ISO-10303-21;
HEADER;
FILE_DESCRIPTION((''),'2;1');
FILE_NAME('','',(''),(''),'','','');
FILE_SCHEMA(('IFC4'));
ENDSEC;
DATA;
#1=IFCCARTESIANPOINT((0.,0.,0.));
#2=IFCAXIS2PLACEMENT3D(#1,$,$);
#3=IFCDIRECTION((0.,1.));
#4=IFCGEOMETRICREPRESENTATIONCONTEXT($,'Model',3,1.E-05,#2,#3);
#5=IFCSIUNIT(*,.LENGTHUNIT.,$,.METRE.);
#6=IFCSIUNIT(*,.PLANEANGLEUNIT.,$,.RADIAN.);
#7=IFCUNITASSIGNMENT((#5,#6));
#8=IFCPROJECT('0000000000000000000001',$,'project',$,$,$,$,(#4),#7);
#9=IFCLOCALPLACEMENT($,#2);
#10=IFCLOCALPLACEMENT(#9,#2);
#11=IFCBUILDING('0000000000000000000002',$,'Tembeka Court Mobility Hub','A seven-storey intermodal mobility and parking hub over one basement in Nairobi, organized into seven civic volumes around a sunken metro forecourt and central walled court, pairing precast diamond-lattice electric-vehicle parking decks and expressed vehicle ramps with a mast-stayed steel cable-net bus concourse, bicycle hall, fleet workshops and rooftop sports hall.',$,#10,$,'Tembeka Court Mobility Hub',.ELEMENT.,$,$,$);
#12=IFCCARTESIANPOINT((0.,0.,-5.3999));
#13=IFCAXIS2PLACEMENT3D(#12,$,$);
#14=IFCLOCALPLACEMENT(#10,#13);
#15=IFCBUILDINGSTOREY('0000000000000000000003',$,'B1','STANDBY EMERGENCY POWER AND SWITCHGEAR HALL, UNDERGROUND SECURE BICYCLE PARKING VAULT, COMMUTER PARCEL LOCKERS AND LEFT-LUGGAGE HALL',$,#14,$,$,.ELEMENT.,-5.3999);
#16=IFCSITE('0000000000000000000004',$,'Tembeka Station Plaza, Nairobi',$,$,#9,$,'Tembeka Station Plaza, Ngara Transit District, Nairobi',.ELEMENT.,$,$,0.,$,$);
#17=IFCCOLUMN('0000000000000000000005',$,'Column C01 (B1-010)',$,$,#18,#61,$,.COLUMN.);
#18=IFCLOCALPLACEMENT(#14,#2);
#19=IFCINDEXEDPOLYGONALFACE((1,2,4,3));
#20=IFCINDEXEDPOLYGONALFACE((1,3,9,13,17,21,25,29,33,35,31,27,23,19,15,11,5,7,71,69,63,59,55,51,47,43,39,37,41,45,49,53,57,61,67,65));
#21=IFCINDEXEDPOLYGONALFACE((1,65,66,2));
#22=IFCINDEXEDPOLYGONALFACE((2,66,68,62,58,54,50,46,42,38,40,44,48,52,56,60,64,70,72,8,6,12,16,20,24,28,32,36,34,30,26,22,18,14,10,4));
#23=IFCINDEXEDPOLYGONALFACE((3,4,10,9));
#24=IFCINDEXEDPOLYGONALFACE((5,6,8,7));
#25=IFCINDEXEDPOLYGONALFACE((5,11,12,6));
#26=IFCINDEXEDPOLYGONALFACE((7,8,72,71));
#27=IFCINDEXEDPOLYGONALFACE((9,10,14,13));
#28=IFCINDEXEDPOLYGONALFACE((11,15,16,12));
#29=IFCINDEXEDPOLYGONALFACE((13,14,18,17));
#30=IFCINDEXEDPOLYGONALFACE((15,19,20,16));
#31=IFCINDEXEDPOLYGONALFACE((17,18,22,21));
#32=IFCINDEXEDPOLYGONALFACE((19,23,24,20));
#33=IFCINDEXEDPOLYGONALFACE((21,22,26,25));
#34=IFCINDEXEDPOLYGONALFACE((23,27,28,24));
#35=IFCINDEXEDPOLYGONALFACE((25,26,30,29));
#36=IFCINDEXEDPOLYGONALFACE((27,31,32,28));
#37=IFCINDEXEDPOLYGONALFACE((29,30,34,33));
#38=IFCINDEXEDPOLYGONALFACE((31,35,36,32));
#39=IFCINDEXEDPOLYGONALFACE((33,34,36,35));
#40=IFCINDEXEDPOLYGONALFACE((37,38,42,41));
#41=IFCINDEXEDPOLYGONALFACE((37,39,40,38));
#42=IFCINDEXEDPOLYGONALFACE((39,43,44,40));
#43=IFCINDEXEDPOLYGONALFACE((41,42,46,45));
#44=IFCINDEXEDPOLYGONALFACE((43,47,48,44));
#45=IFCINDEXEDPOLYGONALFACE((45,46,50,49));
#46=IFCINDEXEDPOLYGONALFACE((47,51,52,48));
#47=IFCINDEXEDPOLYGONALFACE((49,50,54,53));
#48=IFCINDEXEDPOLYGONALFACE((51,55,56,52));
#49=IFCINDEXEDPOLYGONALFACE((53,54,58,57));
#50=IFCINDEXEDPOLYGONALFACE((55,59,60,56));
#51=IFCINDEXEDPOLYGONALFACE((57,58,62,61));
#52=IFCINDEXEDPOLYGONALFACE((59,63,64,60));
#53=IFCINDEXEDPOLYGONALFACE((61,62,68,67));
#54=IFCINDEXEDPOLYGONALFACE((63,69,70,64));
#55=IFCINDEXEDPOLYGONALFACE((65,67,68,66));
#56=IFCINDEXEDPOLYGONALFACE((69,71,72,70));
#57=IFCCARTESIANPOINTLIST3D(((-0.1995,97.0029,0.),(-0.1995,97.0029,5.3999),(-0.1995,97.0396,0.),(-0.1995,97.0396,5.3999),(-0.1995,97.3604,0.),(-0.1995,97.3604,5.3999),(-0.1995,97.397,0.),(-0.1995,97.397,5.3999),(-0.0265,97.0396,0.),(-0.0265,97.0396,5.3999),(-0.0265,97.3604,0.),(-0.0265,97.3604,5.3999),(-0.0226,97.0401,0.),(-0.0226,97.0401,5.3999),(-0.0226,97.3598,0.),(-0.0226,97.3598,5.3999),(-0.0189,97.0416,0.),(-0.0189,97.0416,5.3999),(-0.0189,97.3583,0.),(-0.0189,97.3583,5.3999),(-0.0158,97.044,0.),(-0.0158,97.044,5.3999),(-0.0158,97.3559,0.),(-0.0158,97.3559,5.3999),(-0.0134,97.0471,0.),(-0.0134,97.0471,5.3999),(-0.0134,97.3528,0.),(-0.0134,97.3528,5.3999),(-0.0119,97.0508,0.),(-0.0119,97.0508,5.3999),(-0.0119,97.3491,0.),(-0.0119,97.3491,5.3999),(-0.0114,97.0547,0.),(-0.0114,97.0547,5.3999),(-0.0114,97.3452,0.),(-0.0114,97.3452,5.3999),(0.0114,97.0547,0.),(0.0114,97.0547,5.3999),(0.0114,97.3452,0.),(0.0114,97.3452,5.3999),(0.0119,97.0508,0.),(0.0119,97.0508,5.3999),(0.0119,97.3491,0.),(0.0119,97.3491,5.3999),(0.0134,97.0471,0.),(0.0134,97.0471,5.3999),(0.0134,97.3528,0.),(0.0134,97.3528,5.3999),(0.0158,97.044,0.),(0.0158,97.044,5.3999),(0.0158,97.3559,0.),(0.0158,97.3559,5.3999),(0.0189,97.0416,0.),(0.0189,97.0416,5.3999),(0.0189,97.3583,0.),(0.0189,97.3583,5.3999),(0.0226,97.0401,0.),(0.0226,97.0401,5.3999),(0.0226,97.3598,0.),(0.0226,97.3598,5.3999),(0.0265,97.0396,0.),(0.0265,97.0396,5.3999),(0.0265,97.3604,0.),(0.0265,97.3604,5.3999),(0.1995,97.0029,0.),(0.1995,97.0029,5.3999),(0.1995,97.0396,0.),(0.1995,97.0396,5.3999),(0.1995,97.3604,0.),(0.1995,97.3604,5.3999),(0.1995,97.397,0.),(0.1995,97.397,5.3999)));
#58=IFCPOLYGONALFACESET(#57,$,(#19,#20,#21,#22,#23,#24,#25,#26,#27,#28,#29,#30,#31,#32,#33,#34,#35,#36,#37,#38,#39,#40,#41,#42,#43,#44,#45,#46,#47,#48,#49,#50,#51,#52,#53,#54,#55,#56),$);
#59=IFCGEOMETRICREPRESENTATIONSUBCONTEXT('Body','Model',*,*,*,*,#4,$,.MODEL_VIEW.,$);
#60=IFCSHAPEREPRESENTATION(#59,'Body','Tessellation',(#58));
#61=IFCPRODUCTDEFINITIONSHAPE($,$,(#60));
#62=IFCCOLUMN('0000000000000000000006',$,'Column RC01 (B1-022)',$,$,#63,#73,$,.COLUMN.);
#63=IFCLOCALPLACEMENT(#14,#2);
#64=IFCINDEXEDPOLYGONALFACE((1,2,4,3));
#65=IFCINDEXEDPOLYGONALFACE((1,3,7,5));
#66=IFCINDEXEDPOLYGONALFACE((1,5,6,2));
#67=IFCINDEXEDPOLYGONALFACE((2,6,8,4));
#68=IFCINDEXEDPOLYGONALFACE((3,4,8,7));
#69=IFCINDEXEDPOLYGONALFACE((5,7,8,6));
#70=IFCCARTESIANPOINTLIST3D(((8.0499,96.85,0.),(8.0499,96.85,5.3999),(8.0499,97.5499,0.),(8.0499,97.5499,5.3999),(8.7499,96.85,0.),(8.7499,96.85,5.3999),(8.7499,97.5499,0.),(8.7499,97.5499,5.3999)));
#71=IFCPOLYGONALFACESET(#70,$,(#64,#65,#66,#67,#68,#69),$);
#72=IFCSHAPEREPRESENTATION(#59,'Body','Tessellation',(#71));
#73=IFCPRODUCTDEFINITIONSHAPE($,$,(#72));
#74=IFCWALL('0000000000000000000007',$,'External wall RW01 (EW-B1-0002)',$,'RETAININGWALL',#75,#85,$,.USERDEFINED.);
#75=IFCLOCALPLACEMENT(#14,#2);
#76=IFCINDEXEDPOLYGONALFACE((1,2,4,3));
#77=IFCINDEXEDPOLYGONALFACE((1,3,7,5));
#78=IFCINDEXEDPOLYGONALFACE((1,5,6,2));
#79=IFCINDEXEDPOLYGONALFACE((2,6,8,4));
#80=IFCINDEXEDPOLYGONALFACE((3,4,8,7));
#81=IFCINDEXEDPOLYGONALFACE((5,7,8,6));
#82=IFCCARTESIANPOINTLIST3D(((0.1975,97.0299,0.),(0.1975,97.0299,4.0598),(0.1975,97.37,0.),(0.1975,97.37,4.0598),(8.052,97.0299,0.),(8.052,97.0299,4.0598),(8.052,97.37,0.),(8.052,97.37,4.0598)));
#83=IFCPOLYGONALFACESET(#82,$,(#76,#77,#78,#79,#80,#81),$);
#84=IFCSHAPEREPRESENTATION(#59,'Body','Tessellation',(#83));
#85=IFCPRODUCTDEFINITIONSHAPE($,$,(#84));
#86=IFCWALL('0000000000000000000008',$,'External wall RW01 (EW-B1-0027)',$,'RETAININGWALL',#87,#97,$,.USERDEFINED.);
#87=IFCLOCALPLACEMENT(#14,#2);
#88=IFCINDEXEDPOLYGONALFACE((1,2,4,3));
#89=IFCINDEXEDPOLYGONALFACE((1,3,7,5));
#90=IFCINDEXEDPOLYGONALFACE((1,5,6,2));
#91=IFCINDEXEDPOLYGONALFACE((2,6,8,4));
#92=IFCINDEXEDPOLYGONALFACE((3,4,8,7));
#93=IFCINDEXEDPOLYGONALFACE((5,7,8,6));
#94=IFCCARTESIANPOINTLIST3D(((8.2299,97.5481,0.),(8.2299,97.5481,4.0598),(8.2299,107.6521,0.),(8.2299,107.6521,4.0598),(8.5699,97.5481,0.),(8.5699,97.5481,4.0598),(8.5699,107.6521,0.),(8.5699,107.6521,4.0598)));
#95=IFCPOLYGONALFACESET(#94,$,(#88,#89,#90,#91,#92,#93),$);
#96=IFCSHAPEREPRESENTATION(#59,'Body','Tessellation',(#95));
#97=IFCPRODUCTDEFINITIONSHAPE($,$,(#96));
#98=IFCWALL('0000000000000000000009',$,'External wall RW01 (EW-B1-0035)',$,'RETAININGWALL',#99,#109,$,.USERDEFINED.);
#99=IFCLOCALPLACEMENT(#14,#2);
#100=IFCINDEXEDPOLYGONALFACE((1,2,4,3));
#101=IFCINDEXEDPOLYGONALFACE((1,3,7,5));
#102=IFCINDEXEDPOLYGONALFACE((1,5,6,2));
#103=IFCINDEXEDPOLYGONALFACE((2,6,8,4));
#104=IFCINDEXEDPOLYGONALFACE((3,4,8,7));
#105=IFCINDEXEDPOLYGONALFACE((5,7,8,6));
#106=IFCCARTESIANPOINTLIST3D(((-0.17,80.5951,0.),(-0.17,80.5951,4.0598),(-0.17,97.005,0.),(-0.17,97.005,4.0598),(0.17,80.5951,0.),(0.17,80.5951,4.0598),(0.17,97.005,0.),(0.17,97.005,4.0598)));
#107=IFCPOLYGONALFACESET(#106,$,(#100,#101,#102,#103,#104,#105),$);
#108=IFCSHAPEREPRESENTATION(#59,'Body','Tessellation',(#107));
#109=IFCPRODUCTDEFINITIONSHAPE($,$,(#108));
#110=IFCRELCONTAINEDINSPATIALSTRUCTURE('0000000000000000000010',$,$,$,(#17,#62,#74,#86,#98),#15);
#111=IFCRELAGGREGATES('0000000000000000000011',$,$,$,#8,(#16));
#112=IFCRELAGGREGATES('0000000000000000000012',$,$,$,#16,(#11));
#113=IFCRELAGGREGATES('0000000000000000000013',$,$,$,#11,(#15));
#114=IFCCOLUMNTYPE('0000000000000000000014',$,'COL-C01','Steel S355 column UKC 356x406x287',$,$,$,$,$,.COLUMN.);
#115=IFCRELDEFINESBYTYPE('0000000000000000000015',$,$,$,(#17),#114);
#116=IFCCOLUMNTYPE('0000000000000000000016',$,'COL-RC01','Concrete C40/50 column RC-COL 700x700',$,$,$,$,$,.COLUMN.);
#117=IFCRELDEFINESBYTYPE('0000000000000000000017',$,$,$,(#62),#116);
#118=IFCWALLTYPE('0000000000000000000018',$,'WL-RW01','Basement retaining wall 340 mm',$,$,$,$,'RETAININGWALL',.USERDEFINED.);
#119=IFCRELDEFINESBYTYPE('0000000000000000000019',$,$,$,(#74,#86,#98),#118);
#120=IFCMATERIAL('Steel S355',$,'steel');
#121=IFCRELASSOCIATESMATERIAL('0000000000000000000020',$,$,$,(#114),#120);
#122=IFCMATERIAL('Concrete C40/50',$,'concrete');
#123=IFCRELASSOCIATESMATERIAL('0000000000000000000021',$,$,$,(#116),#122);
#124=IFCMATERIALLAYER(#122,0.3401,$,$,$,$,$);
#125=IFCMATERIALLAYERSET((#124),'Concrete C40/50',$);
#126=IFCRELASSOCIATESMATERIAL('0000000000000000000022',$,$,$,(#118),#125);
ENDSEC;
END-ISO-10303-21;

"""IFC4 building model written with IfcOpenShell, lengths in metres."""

from ifc_helpers import new_model, si_unit, direction, frame, frame_2d, origin, origin_2d, place, context, subcontext, project, spatial, rectangle, i_section, extrude, material, layer, layer_set, material_profile, profile_set, type_object, element, save


model = new_model("IFC4")

# Units and contexts
model_context = context("Model", 3, precision=1e-05, world=origin(), true_north=direction((0.0, 1.0)))
body_context = subcontext(model_context, "Body", "Model", "MODEL_VIEW")
ifc_project = project(units=[si_unit("LENGTHUNIT", "METRE"), si_unit("PLANEANGLEUNIT", "RADIAN")], contexts=[model_context])

# Site, building, storey
site_placement = place(None, origin())
site = spatial("IfcSite", under=ifc_project, at=site_placement, Name="Tembeka Station Plaza, Nairobi", LongName="Tembeka Station Plaza, Ngara Transit District, Nairobi", CompositionType="ELEMENT", RefElevation=0.0)
building_placement = place(site_placement, origin())
building = spatial("IfcBuilding", under=site, at=building_placement, Name="Tembeka Court Mobility Hub", Description="A seven-storey intermodal mobility and parking hub over one basement in Nairobi, organized into seven civic volumes around a sunken metro forecourt and central walled court, pairing precast diamond-lattice electric-vehicle parking decks and expressed vehicle ramps with a mast-stayed steel cable-net bus concourse, bicycle hall, fleet workshops and rooftop sports hall.", LongName="Tembeka Court Mobility Hub", CompositionType="ELEMENT")
storey_placement = place(building_placement, frame((0.0, 0.0, -5.3999)))
storey = spatial("IfcBuildingStorey", under=building, at=storey_placement, Name="B1", Description="STANDBY EMERGENCY POWER AND SWITCHGEAR HALL, UNDERGROUND SECURE BICYCLE PARKING VAULT, COMMUTER PARCEL LOCKERS AND LEFT-LUGGAGE HALL", CompositionType="ELEMENT", Elevation=-5.3999)

# Shared definitions
ifc_material_1 = material(Name="Concrete C40/50", Category="concrete")

# Columns
ifc_material_2 = material(Name="Steel S355", Category="steel")
ifc_material_profile_1 = material_profile(ifc_material_2, i_section(OverallWidth=0.3989, OverallDepth=0.394, WebThickness=0.0227, FlangeThickness=0.0366, FilletRadius=0.0151, at=origin_2d()), Name="UKC 356x406x287")
ifc_profile_set_1 = profile_set([ifc_material_profile_1], Name="Steel S355")
column_type_1 = type_object("IfcColumnType", Name="COL-C01", Description="Steel S355 column UKC 356x406x287", PredefinedType="COLUMN", material=ifc_profile_set_1)
column_1_placement = place(storey_placement, frame((0.0, 97.2, 0.0), z_axis=(0.0, 0.0, 1.0), x_axis=(1.0, 0.0, 0.0)))
element("IfcColumn", 1, at=column_1_placement, inside=storey, type_object=column_type_1, Name="Column C01 (B1-010)", PredefinedType="COLUMN", context=body_context, shape_type="SweptSolid", body=[
    extrude(i_section(OverallWidth=0.3989, OverallDepth=0.394, WebThickness=0.0227, FlangeThickness=0.0366, FilletRadius=0.0151, at=origin_2d()), origin(), (0.0, 0.0, 1.0), 5.3999),
])
ifc_material_profile_2 = material_profile(ifc_material_1, rectangle(XDim=0.7, YDim=0.7, at=origin_2d()), Name="RC-COL 700x700")
ifc_profile_set_2 = profile_set([ifc_material_profile_2], Name="Concrete C40/50")
column_type_2 = type_object("IfcColumnType", Name="COL-RC01", Description="Concrete C40/50 column RC-COL 700x700", PredefinedType="COLUMN", material=ifc_profile_set_2)
column_2_placement = place(storey_placement, frame((8.3999, 97.2, 0.0), z_axis=(0.0, 0.0, 1.0), x_axis=(1.0, 0.0, 0.0)))
element("IfcColumn", 2, at=column_2_placement, inside=storey, type_object=column_type_2, Name="Column RC01 (B1-022)", PredefinedType="COLUMN", context=body_context, shape_type="SweptSolid", body=[
    extrude(rectangle(XDim=0.7, YDim=0.7, at=origin_2d()), origin(), (0.0, 0.0, 1.0), 5.3999),
])

# Walls
ifc_layer = layer(ifc_material_1, 0.3401)
ifc_layer_set = layer_set([ifc_layer], Name="Concrete C40/50")
wall_type = type_object("IfcWallType", Name="WL-RW01", Description="Basement retaining wall 340 mm", ElementType="RETAININGWALL", PredefinedType="USERDEFINED", material=ifc_layer_set)
wall_1_placement = place(storey_placement, frame((0.1975, 97.2, 0.0), z_axis=(0.0, 0.0, 1.0), x_axis=(1.0, 0.0, 0.0)))
element("IfcWall", 3, at=wall_1_placement, inside=storey, type_object=wall_type, Name="External wall RW01 (EW-B1-0002)", ObjectType="RETAININGWALL", PredefinedType="USERDEFINED", context=body_context, shape_type="SweptSolid", body=[
    extrude(rectangle(XDim=7.8545, YDim=0.3401, at=frame_2d((3.9272, 0.0))), origin(), (0.0, 0.0, 1.0), 4.0598),
])
wall_2_placement = place(storey_placement, frame((8.3999, 97.5481, 0.0), z_axis=(0.0, 0.0, 1.0), x_axis=(0.0, 1.0, 0.0)))
element("IfcWall", 4, at=wall_2_placement, inside=storey, type_object=wall_type, Name="External wall RW01 (EW-B1-0027)", ObjectType="RETAININGWALL", PredefinedType="USERDEFINED", context=body_context, shape_type="SweptSolid", body=[
    extrude(rectangle(XDim=10.104, YDim=0.3401, at=frame_2d((5.052, 0.0))), origin(), (0.0, 0.0, 1.0), 4.0598),
])
wall_3_placement = place(storey_placement, frame((0.0, 80.595, 0.0), z_axis=(0.0, 0.0, 1.0), x_axis=(0.0, 1.0, 0.0)))
element("IfcWall", 5, at=wall_3_placement, inside=storey, type_object=wall_type, Name="External wall RW01 (EW-B1-0035)", ObjectType="RETAININGWALL", PredefinedType="USERDEFINED", context=body_context, shape_type="SweptSolid", body=[
    extrude(rectangle(XDim=16.4099, YDim=0.3401, at=frame_2d((8.2051, 0.0))), origin(), (0.0, 0.0, 1.0), 4.0598),
])

save(model, "model.ifc")
